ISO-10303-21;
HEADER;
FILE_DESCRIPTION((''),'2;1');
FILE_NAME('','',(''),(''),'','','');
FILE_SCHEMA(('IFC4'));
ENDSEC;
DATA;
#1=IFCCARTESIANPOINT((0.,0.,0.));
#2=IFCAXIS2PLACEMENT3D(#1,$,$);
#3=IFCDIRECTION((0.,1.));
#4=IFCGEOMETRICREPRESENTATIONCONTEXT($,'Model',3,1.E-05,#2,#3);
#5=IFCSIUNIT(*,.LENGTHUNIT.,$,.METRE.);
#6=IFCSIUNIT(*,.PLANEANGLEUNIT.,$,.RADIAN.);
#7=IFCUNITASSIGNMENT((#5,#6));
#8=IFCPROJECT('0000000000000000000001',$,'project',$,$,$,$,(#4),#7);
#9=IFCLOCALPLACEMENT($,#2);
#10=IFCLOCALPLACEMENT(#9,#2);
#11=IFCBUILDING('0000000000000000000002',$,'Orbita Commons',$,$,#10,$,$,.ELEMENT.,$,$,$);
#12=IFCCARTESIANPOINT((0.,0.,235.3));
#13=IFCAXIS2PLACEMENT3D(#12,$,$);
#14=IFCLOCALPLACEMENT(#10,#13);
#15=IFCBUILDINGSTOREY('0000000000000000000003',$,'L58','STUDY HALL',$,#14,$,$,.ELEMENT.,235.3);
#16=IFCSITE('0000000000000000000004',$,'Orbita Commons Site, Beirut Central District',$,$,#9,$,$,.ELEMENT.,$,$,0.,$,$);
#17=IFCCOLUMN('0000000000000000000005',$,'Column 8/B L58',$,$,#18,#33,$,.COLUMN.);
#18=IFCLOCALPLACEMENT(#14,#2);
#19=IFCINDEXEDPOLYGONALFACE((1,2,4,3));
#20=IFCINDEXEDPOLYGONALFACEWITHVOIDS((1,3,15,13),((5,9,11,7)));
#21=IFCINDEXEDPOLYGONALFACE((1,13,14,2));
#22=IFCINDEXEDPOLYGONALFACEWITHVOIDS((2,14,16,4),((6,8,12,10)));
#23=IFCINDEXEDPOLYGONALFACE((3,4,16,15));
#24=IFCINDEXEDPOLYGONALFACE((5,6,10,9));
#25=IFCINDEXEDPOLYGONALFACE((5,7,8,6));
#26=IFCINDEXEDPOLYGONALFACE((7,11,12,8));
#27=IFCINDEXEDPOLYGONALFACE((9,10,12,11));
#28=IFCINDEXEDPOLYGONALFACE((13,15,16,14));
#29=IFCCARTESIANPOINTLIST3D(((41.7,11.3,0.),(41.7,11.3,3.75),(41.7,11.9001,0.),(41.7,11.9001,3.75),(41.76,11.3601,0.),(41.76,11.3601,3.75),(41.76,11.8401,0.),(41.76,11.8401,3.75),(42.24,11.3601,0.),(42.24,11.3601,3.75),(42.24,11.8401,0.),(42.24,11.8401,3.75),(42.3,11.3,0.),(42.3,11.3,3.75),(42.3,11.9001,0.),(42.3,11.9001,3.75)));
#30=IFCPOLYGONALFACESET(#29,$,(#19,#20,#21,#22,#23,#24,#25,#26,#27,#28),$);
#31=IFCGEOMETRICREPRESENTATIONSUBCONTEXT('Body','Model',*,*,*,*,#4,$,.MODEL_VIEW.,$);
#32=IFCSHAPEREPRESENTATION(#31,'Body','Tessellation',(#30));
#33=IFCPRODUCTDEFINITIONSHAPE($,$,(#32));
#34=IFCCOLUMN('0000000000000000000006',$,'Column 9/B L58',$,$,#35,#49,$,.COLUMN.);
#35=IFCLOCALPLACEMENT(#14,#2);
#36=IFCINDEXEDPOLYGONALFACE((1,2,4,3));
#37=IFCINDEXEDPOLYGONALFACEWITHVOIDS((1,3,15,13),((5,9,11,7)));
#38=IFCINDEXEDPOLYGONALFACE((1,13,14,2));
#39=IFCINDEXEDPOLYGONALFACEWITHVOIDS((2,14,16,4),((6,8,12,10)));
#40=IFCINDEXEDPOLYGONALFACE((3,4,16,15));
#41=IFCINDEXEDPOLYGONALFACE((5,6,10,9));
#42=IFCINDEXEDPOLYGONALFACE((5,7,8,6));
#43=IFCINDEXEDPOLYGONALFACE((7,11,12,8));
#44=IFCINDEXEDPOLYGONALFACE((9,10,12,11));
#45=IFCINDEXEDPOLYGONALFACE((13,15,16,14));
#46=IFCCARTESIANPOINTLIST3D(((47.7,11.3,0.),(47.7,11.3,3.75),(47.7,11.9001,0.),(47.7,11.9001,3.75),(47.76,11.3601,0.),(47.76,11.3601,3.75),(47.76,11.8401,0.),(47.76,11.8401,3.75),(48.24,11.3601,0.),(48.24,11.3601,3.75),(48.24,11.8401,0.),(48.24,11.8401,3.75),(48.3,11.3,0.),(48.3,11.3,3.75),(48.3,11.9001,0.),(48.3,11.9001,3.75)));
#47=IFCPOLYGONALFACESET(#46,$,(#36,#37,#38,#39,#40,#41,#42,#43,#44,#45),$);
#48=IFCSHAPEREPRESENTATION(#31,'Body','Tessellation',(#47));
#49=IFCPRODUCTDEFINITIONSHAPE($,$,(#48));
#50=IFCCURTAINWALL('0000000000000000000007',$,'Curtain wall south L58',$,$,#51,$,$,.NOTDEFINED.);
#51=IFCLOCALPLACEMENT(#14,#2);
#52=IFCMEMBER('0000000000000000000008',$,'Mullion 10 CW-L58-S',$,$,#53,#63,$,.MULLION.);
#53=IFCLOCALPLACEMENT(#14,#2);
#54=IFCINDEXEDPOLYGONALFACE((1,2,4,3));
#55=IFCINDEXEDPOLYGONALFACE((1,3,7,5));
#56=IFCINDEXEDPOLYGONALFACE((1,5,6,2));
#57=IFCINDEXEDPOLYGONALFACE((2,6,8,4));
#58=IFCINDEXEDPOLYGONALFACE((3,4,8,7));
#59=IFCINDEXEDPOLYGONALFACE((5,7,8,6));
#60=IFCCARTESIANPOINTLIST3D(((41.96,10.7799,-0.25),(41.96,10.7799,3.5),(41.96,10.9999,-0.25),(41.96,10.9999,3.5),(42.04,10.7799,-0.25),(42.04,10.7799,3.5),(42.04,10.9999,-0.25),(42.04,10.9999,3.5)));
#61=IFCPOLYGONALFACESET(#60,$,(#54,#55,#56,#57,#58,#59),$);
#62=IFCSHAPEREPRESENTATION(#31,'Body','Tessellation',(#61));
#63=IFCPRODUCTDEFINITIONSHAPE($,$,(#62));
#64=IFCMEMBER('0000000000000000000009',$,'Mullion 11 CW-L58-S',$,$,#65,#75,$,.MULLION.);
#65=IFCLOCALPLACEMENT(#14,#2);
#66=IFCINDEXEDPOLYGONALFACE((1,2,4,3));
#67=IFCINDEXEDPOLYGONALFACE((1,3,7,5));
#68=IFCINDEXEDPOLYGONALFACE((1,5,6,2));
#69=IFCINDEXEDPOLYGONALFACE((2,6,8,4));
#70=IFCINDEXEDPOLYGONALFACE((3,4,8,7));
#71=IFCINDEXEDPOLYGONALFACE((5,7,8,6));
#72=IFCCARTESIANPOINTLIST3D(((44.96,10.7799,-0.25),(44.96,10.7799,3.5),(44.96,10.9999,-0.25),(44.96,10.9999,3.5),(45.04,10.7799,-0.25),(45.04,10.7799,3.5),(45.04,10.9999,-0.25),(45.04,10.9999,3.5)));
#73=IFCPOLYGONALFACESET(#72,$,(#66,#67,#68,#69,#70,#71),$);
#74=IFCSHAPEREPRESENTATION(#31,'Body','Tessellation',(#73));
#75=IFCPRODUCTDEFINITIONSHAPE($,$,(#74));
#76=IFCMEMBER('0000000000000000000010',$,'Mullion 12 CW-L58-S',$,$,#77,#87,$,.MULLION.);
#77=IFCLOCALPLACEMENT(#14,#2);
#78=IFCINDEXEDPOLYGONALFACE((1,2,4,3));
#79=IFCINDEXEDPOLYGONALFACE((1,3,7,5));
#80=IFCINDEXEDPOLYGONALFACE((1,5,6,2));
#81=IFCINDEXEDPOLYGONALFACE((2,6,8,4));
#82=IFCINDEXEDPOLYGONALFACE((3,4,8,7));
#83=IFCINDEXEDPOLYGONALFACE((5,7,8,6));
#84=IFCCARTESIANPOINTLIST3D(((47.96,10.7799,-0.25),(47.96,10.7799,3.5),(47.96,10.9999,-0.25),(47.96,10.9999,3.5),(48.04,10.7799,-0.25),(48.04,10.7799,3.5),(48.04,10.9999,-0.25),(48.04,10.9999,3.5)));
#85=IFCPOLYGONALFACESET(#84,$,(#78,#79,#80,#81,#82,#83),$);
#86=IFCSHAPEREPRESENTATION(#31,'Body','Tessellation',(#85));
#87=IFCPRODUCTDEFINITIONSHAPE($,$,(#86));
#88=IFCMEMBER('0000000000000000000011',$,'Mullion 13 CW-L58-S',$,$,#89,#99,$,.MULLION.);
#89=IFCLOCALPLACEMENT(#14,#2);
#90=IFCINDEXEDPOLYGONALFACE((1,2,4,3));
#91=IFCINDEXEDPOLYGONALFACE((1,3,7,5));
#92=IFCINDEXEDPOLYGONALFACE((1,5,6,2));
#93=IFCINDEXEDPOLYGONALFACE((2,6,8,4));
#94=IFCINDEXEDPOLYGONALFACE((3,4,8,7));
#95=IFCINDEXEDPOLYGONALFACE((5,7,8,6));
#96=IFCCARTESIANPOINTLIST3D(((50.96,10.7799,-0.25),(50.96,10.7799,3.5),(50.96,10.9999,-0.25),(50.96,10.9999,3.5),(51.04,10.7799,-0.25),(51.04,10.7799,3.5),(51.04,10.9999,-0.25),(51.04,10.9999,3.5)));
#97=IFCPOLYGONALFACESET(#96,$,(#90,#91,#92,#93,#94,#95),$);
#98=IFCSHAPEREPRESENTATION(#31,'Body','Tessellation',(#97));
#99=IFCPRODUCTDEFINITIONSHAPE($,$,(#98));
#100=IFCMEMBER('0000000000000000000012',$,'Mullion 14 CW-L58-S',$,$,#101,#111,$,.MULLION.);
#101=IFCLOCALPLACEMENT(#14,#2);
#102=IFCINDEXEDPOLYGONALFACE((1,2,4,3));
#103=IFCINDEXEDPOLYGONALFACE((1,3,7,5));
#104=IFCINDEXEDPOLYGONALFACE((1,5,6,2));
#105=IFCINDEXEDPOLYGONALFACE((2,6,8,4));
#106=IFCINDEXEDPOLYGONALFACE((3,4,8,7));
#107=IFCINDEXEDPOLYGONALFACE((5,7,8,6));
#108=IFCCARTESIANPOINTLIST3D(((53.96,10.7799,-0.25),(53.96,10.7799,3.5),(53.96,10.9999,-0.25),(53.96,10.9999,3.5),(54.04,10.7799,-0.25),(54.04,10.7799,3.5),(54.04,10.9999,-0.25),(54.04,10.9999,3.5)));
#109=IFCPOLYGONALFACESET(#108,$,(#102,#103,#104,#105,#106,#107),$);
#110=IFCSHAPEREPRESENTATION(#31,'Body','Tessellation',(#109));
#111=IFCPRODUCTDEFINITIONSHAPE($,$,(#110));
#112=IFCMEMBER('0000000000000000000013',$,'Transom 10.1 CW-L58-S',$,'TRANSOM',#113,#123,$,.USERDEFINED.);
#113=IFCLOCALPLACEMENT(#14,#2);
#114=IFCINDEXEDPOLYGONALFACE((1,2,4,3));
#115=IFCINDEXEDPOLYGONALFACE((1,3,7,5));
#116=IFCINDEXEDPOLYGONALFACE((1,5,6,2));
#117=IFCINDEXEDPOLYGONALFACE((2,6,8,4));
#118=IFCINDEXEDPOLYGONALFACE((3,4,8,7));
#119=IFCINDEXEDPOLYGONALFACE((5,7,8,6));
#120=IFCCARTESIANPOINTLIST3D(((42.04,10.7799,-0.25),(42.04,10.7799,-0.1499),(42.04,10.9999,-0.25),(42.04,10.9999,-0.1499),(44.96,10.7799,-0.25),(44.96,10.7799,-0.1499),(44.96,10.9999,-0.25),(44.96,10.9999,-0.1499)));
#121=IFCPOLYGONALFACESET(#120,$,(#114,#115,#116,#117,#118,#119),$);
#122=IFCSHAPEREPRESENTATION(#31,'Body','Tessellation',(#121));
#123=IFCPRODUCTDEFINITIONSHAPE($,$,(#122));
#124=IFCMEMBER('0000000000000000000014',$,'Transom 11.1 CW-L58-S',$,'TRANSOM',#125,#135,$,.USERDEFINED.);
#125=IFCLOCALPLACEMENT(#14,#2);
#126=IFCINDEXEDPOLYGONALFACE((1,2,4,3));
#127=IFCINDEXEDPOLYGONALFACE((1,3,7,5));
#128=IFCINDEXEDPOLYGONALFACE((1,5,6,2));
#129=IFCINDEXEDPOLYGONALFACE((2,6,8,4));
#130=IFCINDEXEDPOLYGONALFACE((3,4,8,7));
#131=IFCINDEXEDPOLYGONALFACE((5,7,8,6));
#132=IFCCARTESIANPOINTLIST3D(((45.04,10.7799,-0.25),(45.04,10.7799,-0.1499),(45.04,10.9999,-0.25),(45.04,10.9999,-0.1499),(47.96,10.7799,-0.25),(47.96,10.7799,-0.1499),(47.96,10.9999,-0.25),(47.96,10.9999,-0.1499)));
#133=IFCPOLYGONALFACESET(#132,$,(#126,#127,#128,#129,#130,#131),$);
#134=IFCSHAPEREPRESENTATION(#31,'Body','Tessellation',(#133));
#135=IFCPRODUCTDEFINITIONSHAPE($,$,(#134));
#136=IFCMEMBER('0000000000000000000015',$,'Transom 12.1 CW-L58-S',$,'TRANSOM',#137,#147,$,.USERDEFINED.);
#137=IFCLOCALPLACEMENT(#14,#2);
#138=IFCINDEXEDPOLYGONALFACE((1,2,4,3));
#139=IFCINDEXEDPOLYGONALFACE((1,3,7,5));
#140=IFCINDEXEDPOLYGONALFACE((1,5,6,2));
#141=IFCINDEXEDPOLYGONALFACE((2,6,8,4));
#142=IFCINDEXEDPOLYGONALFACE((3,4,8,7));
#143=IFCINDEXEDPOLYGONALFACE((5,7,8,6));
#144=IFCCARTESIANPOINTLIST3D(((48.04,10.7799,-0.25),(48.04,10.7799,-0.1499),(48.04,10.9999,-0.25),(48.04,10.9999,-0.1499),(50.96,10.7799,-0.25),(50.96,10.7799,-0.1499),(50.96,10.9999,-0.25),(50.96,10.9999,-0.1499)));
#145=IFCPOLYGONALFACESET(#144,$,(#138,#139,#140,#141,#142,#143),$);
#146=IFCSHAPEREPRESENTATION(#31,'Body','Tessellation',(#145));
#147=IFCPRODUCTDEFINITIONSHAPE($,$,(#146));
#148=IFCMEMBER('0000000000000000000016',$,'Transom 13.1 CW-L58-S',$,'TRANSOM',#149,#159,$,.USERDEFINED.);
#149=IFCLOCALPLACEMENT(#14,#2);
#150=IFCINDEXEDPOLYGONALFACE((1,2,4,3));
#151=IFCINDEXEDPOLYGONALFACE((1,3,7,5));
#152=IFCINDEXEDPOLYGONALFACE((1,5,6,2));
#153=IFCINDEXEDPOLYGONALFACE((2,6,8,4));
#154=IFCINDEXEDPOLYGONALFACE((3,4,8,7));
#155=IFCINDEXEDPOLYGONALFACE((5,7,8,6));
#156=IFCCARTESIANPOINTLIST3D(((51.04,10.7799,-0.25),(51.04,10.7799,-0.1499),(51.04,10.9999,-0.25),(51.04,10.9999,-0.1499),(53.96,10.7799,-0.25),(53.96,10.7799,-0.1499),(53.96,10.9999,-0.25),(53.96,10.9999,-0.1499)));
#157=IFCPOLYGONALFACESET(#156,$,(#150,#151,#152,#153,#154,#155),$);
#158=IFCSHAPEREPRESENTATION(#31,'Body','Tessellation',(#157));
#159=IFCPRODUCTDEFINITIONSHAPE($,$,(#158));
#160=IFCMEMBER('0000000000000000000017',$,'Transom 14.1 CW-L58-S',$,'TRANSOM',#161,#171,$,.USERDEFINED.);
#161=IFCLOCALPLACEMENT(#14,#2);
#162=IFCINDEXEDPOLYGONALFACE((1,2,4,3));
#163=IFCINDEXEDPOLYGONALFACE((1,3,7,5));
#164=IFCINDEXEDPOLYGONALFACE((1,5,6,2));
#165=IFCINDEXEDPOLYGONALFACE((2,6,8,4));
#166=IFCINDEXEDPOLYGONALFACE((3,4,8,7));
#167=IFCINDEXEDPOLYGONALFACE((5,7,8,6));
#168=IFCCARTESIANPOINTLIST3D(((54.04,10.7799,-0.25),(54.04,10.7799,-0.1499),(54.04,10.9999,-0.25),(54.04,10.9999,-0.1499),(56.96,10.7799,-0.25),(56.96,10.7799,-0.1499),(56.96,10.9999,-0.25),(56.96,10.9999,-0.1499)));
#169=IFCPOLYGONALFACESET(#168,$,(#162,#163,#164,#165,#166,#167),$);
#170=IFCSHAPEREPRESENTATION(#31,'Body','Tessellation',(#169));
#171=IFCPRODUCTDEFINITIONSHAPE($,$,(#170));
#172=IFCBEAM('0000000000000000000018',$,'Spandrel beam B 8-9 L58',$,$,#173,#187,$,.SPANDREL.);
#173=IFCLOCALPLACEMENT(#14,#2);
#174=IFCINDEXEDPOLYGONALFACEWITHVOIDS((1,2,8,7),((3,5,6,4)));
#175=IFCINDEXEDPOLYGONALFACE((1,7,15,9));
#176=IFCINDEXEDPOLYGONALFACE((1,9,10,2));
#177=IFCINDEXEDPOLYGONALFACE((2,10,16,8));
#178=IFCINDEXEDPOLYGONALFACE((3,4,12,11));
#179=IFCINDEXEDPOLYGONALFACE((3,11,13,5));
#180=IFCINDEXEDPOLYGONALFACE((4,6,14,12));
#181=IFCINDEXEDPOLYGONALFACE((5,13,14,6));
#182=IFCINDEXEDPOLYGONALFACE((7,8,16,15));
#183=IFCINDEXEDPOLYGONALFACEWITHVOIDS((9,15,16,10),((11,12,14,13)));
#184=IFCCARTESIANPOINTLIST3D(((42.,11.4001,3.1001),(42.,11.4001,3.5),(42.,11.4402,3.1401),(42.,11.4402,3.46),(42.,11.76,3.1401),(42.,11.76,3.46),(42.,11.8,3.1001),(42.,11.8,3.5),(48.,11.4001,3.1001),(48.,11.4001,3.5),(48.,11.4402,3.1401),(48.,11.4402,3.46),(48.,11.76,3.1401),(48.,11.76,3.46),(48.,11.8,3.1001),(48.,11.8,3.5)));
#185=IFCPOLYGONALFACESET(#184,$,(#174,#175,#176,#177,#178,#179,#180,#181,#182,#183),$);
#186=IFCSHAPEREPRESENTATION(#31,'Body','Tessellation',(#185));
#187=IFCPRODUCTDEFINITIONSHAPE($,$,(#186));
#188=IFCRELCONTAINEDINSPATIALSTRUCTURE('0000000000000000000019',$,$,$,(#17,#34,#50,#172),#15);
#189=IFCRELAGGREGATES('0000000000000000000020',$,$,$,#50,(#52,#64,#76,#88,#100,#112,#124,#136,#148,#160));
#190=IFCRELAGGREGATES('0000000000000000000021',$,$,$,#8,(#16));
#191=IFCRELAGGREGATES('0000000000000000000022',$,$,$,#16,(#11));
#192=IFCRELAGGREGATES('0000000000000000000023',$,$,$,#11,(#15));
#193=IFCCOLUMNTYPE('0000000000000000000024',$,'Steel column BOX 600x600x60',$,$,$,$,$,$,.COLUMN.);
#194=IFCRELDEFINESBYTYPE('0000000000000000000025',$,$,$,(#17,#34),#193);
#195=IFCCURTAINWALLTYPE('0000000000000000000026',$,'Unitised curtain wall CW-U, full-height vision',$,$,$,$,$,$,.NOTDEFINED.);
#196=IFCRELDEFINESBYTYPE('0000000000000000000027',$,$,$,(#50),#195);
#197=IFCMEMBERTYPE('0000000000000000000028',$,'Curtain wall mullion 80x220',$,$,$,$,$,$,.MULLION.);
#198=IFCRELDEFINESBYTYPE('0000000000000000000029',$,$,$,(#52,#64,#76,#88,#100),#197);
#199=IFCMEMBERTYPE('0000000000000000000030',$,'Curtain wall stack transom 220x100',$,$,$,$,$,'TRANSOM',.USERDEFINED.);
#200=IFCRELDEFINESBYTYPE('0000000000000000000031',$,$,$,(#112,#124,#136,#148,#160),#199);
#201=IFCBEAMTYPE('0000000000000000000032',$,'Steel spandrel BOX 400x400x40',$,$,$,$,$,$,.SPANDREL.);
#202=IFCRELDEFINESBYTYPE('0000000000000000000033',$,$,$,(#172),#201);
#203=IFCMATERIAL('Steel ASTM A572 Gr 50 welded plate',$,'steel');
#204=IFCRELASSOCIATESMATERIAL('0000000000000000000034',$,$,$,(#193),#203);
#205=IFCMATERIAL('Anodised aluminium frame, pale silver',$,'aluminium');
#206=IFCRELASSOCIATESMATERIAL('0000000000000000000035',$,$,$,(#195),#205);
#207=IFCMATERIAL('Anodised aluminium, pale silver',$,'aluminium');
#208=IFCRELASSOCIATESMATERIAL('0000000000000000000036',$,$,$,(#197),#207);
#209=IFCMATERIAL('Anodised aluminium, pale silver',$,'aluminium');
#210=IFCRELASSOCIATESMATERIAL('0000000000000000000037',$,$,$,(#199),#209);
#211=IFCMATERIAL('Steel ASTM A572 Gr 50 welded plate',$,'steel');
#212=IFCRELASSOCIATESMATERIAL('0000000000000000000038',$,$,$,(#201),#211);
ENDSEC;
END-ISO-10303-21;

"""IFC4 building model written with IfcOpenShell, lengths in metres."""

from ifc_helpers import new_model, si_unit, direction, frame, origin, origin_2d, place, context, subcontext, project, spatial, rectangle, hollow_rectangle, extrude, material, material_profile, profile_set, type_object, element, aggregate, save


model = new_model("IFC4")

# Units and contexts
model_context = context("Model", 3, precision=1e-05, world=origin(), true_north=direction((0.0, 1.0)))
body_context = subcontext(model_context, "Body", "Model", "MODEL_VIEW")
ifc_project = project(units=[si_unit("LENGTHUNIT", "METRE"), si_unit("PLANEANGLEUNIT", "RADIAN")], contexts=[model_context])

# Site, building, storey
site_placement = place(None, origin())
site = spatial("IfcSite", under=ifc_project, at=site_placement, Name="Orbita Commons Site, Beirut Central District", CompositionType="ELEMENT", RefElevation=0.0)
building_placement = place(site_placement, origin())
building = spatial("IfcBuilding", under=site, at=building_placement, Name="Orbita Commons", CompositionType="ELEMENT")
storey_placement = place(building_placement, frame((0.0, 0.0, 235.3)))
storey = spatial("IfcBuildingStorey", under=building, at=storey_placement, Name="L58", Description="STUDY HALL", CompositionType="ELEMENT", Elevation=235.3)

# Columns
ifc_material_1 = material(Name="Steel ASTM A572 Gr 50 welded plate", Category="steel")
ifc_material_profile_1 = material_profile(ifc_material_1, hollow_rectangle(XDim=0.6001, YDim=0.6001, WallThickness=0.0601, at=origin_2d()), Name="BOX 600x600x60")
ifc_profile_set_1 = profile_set([ifc_material_profile_1], Name="Steel ASTM A572 Gr 50 welded plate")
column_type = type_object("IfcColumnType", Name="Steel column BOX 600x600x60", PredefinedType="COLUMN", material=ifc_profile_set_1)
for number, where, z_axis, x_axis, name in (
    (1, (42.0, 11.6001, 0.0), (0.0, 0.0, 1.0), (1.0, 0.0, 0.0), "Column 8/B L58"),
    (2, (48.0, 11.6001, 0.0), (0.0, 0.0, 1.0), (1.0, 0.0, 0.0), "Column 9/B L58"),
):
    element("IfcColumn", number, at=place(storey_placement, frame(where, z_axis=z_axis, x_axis=x_axis)), inside=storey, type_object=column_type, Name=name, PredefinedType="COLUMN", context=body_context, shape_type="SweptSolid", body=[
        extrude(hollow_rectangle(XDim=0.6001, YDim=0.6001, WallThickness=0.0601, at=origin_2d()), origin(), (0.0, 0.0, 1.0), 3.75),
    ])

# Curtain wall, members
ifc_material_2 = material(Name="Anodised aluminium frame, pale silver", Category="aluminium")
curtain_wall_type = type_object("IfcCurtainWallType", Name="Unitised curtain wall CW-U, full-height vision", PredefinedType="NOTDEFINED", material=ifc_material_2)
curtain_wall_placement = place(storey_placement, origin())
curtain_wall = element("IfcCurtainWall", 3, at=curtain_wall_placement, inside=storey, type_object=curtain_wall_type, Name="Curtain wall south L58", PredefinedType="NOTDEFINED")
ifc_material_3 = material(Name="Anodised aluminium, pale silver", Category="aluminium")
ifc_material_profile_2 = material_profile(ifc_material_3, rectangle(XDim=0.0801, YDim=0.22, at=origin_2d()), Name="AL 80x220")
ifc_profile_set_2 = profile_set([ifc_material_profile_2], Name="Anodised aluminium, pale silver")
member_type_1 = type_object("IfcMemberType", Name="Curtain wall mullion 80x220", PredefinedType="MULLION", material=ifc_profile_set_2)
member_1_placement = place(storey_placement, frame((42.0, 10.8899, -0.25), z_axis=(0.0, 0.0, 1.0), x_axis=(1.0, 0.0, 0.0)))
member_1 = element("IfcMember", 4, at=member_1_placement, type_object=member_type_1, Name="Mullion 10 CW-L58-S", PredefinedType="MULLION", context=body_context, shape_type="SweptSolid", body=[
    extrude(rectangle(XDim=0.0801, YDim=0.22, at=origin_2d()), origin(), (0.0, 0.0, 1.0), 3.75),
])
member_2_placement = place(storey_placement, frame((45.0, 10.8899, -0.25), z_axis=(0.0, 0.0, 1.0), x_axis=(1.0, 0.0, 0.0)))
member_2 = element("IfcMember", 5, at=member_2_placement, type_object=member_type_1, Name="Mullion 11 CW-L58-S", PredefinedType="MULLION", context=body_context, shape_type="SweptSolid", body=[
    extrude(rectangle(XDim=0.0801, YDim=0.22, at=origin_2d()), origin(), (0.0, 0.0, 1.0), 3.75),
])
member_3_placement = place(storey_placement, frame((48.0, 10.8899, -0.25), z_axis=(0.0, 0.0, 1.0), x_axis=(1.0, 0.0, 0.0)))
member_3 = element("IfcMember", 6, at=member_3_placement, type_object=member_type_1, Name="Mullion 12 CW-L58-S", PredefinedType="MULLION", context=body_context, shape_type="SweptSolid", body=[
    extrude(rectangle(XDim=0.0801, YDim=0.22, at=origin_2d()), origin(), (0.0, 0.0, 1.0), 3.75),
])
member_4_placement = place(storey_placement, frame((51.0, 10.8899, -0.25), z_axis=(0.0, 0.0, 1.0), x_axis=(1.0, 0.0, 0.0)))
member_4 = element("IfcMember", 7, at=member_4_placement, type_object=member_type_1, Name="Mullion 13 CW-L58-S", PredefinedType="MULLION", context=body_context, shape_type="SweptSolid", body=[
    extrude(rectangle(XDim=0.0801, YDim=0.22, at=origin_2d()), origin(), (0.0, 0.0, 1.0), 3.75),
])
member_5_placement = place(storey_placement, frame((54.0, 10.8899, -0.25), z_axis=(0.0, 0.0, 1.0), x_axis=(1.0, 0.0, 0.0)))
member_5 = element("IfcMember", 8, at=member_5_placement, type_object=member_type_1, Name="Mullion 14 CW-L58-S", PredefinedType="MULLION", context=body_context, shape_type="SweptSolid", body=[
    extrude(rectangle(XDim=0.0801, YDim=0.22, at=origin_2d()), origin(), (0.0, 0.0, 1.0), 3.75),
])
ifc_material_4 = material(Name="Anodised aluminium, pale silver", Category="aluminium")
ifc_material_profile_3 = material_profile(ifc_material_4, rectangle(XDim=0.22, YDim=0.1001, at=origin_2d()), Name="AL 220x100")
ifc_profile_set_3 = profile_set([ifc_material_profile_3], Name="Anodised aluminium, pale silver")
member_type_2 = type_object("IfcMemberType", Name="Curtain wall stack transom 220x100", ElementType="TRANSOM", PredefinedType="USERDEFINED", material=ifc_profile_set_3)
member_6_placement = place(storey_placement, frame((42.04, 10.8899, -0.2), z_axis=(1.0, 0.0, 0.0), x_axis=(0.0, 1.0, 0.0)))
member_6 = element("IfcMember", 9, at=member_6_placement, type_object=member_type_2, Name="Transom 10.1 CW-L58-S", ObjectType="TRANSOM", PredefinedType="USERDEFINED", context=body_context, shape_type="SweptSolid", body=[
    extrude(rectangle(XDim=0.22, YDim=0.1001, at=origin_2d()), origin(), (0.0, 0.0, 1.0), 2.9199),
])
member_7_placement = place(storey_placement, frame((45.04, 10.8899, -0.2), z_axis=(1.0, 0.0, 0.0), x_axis=(0.0, 1.0, 0.0)))
member_7 = element("IfcMember", 10, at=member_7_placement, type_object=member_type_2, Name="Transom 11.1 CW-L58-S", ObjectType="TRANSOM", PredefinedType="USERDEFINED", context=body_context, shape_type="SweptSolid", body=[
    extrude(rectangle(XDim=0.22, YDim=0.1001, at=origin_2d()), origin(), (0.0, 0.0, 1.0), 2.9199),
])
member_8_placement = place(storey_placement, frame((48.04, 10.8899, -0.2), z_axis=(1.0, 0.0, 0.0), x_axis=(0.0, 1.0, 0.0)))
member_8 = element("IfcMember", 11, at=member_8_placement, type_object=member_type_2, Name="Transom 12.1 CW-L58-S", ObjectType="TRANSOM", PredefinedType="USERDEFINED", context=body_context, shape_type="SweptSolid", body=[
    extrude(rectangle(XDim=0.22, YDim=0.1001, at=origin_2d()), origin(), (0.0, 0.0, 1.0), 2.9199),
])
member_9_placement = place(storey_placement, frame((51.04, 10.8899, -0.2), z_axis=(1.0, 0.0, 0.0), x_axis=(0.0, 1.0, 0.0)))
member_9 = element("IfcMember", 12, at=member_9_placement, type_object=member_type_2, Name="Transom 13.1 CW-L58-S", ObjectType="TRANSOM", PredefinedType="USERDEFINED", context=body_context, shape_type="SweptSolid", body=[
    extrude(rectangle(XDim=0.22, YDim=0.1001, at=origin_2d()), origin(), (0.0, 0.0, 1.0), 2.9199),
])
member_10_placement = place(storey_placement, frame((54.04, 10.8899, -0.2), z_axis=(1.0, 0.0, 0.0), x_axis=(0.0, 1.0, 0.0)))
member_10 = element("IfcMember", 13, at=member_10_placement, type_object=member_type_2, Name="Transom 14.1 CW-L58-S", ObjectType="TRANSOM", PredefinedType="USERDEFINED", context=body_context, shape_type="SweptSolid", body=[
    extrude(rectangle(XDim=0.22, YDim=0.1001, at=origin_2d()), origin(), (0.0, 0.0, 1.0), 2.9199),
])

# Beam
ifc_material_5 = material(Name="Steel ASTM A572 Gr 50 welded plate", Category="steel")
ifc_material_profile_4 = material_profile(ifc_material_5, hollow_rectangle(XDim=0.3999, YDim=0.3999, WallThickness=0.04, at=origin_2d()), Name="BOX 400x400x40")
ifc_profile_set_4 = profile_set([ifc_material_profile_4], Name="Steel ASTM A572 Gr 50 welded plate")
beam_type = type_object("IfcBeamType", Name="Steel spandrel BOX 400x400x40", PredefinedType="SPANDREL", material=ifc_profile_set_4)
for number, where, z_axis, x_axis, name in (
    (14, (42.0, 11.6001, 3.3), (1.0, 0.0, 0.0), (0.0, 1.0, 0.0), "Spandrel beam B 8-9 L58"),
):
    element("IfcBeam", number, at=place(storey_placement, frame(where, z_axis=z_axis, x_axis=x_axis)), inside=storey, type_object=beam_type, Name=name, PredefinedType="SPANDREL", context=body_context, shape_type="SweptSolid", body=[
        extrude(hollow_rectangle(XDim=0.3999, YDim=0.3999, WallThickness=0.04, at=origin_2d()), origin(), (0.0, 0.0, 1.0), 6.0),
    ])

aggregate(curtain_wall, [member_1, member_2, member_3, member_4, member_5, member_6, member_7, member_8, member_9, member_10])

save(model, "model.ifc")
